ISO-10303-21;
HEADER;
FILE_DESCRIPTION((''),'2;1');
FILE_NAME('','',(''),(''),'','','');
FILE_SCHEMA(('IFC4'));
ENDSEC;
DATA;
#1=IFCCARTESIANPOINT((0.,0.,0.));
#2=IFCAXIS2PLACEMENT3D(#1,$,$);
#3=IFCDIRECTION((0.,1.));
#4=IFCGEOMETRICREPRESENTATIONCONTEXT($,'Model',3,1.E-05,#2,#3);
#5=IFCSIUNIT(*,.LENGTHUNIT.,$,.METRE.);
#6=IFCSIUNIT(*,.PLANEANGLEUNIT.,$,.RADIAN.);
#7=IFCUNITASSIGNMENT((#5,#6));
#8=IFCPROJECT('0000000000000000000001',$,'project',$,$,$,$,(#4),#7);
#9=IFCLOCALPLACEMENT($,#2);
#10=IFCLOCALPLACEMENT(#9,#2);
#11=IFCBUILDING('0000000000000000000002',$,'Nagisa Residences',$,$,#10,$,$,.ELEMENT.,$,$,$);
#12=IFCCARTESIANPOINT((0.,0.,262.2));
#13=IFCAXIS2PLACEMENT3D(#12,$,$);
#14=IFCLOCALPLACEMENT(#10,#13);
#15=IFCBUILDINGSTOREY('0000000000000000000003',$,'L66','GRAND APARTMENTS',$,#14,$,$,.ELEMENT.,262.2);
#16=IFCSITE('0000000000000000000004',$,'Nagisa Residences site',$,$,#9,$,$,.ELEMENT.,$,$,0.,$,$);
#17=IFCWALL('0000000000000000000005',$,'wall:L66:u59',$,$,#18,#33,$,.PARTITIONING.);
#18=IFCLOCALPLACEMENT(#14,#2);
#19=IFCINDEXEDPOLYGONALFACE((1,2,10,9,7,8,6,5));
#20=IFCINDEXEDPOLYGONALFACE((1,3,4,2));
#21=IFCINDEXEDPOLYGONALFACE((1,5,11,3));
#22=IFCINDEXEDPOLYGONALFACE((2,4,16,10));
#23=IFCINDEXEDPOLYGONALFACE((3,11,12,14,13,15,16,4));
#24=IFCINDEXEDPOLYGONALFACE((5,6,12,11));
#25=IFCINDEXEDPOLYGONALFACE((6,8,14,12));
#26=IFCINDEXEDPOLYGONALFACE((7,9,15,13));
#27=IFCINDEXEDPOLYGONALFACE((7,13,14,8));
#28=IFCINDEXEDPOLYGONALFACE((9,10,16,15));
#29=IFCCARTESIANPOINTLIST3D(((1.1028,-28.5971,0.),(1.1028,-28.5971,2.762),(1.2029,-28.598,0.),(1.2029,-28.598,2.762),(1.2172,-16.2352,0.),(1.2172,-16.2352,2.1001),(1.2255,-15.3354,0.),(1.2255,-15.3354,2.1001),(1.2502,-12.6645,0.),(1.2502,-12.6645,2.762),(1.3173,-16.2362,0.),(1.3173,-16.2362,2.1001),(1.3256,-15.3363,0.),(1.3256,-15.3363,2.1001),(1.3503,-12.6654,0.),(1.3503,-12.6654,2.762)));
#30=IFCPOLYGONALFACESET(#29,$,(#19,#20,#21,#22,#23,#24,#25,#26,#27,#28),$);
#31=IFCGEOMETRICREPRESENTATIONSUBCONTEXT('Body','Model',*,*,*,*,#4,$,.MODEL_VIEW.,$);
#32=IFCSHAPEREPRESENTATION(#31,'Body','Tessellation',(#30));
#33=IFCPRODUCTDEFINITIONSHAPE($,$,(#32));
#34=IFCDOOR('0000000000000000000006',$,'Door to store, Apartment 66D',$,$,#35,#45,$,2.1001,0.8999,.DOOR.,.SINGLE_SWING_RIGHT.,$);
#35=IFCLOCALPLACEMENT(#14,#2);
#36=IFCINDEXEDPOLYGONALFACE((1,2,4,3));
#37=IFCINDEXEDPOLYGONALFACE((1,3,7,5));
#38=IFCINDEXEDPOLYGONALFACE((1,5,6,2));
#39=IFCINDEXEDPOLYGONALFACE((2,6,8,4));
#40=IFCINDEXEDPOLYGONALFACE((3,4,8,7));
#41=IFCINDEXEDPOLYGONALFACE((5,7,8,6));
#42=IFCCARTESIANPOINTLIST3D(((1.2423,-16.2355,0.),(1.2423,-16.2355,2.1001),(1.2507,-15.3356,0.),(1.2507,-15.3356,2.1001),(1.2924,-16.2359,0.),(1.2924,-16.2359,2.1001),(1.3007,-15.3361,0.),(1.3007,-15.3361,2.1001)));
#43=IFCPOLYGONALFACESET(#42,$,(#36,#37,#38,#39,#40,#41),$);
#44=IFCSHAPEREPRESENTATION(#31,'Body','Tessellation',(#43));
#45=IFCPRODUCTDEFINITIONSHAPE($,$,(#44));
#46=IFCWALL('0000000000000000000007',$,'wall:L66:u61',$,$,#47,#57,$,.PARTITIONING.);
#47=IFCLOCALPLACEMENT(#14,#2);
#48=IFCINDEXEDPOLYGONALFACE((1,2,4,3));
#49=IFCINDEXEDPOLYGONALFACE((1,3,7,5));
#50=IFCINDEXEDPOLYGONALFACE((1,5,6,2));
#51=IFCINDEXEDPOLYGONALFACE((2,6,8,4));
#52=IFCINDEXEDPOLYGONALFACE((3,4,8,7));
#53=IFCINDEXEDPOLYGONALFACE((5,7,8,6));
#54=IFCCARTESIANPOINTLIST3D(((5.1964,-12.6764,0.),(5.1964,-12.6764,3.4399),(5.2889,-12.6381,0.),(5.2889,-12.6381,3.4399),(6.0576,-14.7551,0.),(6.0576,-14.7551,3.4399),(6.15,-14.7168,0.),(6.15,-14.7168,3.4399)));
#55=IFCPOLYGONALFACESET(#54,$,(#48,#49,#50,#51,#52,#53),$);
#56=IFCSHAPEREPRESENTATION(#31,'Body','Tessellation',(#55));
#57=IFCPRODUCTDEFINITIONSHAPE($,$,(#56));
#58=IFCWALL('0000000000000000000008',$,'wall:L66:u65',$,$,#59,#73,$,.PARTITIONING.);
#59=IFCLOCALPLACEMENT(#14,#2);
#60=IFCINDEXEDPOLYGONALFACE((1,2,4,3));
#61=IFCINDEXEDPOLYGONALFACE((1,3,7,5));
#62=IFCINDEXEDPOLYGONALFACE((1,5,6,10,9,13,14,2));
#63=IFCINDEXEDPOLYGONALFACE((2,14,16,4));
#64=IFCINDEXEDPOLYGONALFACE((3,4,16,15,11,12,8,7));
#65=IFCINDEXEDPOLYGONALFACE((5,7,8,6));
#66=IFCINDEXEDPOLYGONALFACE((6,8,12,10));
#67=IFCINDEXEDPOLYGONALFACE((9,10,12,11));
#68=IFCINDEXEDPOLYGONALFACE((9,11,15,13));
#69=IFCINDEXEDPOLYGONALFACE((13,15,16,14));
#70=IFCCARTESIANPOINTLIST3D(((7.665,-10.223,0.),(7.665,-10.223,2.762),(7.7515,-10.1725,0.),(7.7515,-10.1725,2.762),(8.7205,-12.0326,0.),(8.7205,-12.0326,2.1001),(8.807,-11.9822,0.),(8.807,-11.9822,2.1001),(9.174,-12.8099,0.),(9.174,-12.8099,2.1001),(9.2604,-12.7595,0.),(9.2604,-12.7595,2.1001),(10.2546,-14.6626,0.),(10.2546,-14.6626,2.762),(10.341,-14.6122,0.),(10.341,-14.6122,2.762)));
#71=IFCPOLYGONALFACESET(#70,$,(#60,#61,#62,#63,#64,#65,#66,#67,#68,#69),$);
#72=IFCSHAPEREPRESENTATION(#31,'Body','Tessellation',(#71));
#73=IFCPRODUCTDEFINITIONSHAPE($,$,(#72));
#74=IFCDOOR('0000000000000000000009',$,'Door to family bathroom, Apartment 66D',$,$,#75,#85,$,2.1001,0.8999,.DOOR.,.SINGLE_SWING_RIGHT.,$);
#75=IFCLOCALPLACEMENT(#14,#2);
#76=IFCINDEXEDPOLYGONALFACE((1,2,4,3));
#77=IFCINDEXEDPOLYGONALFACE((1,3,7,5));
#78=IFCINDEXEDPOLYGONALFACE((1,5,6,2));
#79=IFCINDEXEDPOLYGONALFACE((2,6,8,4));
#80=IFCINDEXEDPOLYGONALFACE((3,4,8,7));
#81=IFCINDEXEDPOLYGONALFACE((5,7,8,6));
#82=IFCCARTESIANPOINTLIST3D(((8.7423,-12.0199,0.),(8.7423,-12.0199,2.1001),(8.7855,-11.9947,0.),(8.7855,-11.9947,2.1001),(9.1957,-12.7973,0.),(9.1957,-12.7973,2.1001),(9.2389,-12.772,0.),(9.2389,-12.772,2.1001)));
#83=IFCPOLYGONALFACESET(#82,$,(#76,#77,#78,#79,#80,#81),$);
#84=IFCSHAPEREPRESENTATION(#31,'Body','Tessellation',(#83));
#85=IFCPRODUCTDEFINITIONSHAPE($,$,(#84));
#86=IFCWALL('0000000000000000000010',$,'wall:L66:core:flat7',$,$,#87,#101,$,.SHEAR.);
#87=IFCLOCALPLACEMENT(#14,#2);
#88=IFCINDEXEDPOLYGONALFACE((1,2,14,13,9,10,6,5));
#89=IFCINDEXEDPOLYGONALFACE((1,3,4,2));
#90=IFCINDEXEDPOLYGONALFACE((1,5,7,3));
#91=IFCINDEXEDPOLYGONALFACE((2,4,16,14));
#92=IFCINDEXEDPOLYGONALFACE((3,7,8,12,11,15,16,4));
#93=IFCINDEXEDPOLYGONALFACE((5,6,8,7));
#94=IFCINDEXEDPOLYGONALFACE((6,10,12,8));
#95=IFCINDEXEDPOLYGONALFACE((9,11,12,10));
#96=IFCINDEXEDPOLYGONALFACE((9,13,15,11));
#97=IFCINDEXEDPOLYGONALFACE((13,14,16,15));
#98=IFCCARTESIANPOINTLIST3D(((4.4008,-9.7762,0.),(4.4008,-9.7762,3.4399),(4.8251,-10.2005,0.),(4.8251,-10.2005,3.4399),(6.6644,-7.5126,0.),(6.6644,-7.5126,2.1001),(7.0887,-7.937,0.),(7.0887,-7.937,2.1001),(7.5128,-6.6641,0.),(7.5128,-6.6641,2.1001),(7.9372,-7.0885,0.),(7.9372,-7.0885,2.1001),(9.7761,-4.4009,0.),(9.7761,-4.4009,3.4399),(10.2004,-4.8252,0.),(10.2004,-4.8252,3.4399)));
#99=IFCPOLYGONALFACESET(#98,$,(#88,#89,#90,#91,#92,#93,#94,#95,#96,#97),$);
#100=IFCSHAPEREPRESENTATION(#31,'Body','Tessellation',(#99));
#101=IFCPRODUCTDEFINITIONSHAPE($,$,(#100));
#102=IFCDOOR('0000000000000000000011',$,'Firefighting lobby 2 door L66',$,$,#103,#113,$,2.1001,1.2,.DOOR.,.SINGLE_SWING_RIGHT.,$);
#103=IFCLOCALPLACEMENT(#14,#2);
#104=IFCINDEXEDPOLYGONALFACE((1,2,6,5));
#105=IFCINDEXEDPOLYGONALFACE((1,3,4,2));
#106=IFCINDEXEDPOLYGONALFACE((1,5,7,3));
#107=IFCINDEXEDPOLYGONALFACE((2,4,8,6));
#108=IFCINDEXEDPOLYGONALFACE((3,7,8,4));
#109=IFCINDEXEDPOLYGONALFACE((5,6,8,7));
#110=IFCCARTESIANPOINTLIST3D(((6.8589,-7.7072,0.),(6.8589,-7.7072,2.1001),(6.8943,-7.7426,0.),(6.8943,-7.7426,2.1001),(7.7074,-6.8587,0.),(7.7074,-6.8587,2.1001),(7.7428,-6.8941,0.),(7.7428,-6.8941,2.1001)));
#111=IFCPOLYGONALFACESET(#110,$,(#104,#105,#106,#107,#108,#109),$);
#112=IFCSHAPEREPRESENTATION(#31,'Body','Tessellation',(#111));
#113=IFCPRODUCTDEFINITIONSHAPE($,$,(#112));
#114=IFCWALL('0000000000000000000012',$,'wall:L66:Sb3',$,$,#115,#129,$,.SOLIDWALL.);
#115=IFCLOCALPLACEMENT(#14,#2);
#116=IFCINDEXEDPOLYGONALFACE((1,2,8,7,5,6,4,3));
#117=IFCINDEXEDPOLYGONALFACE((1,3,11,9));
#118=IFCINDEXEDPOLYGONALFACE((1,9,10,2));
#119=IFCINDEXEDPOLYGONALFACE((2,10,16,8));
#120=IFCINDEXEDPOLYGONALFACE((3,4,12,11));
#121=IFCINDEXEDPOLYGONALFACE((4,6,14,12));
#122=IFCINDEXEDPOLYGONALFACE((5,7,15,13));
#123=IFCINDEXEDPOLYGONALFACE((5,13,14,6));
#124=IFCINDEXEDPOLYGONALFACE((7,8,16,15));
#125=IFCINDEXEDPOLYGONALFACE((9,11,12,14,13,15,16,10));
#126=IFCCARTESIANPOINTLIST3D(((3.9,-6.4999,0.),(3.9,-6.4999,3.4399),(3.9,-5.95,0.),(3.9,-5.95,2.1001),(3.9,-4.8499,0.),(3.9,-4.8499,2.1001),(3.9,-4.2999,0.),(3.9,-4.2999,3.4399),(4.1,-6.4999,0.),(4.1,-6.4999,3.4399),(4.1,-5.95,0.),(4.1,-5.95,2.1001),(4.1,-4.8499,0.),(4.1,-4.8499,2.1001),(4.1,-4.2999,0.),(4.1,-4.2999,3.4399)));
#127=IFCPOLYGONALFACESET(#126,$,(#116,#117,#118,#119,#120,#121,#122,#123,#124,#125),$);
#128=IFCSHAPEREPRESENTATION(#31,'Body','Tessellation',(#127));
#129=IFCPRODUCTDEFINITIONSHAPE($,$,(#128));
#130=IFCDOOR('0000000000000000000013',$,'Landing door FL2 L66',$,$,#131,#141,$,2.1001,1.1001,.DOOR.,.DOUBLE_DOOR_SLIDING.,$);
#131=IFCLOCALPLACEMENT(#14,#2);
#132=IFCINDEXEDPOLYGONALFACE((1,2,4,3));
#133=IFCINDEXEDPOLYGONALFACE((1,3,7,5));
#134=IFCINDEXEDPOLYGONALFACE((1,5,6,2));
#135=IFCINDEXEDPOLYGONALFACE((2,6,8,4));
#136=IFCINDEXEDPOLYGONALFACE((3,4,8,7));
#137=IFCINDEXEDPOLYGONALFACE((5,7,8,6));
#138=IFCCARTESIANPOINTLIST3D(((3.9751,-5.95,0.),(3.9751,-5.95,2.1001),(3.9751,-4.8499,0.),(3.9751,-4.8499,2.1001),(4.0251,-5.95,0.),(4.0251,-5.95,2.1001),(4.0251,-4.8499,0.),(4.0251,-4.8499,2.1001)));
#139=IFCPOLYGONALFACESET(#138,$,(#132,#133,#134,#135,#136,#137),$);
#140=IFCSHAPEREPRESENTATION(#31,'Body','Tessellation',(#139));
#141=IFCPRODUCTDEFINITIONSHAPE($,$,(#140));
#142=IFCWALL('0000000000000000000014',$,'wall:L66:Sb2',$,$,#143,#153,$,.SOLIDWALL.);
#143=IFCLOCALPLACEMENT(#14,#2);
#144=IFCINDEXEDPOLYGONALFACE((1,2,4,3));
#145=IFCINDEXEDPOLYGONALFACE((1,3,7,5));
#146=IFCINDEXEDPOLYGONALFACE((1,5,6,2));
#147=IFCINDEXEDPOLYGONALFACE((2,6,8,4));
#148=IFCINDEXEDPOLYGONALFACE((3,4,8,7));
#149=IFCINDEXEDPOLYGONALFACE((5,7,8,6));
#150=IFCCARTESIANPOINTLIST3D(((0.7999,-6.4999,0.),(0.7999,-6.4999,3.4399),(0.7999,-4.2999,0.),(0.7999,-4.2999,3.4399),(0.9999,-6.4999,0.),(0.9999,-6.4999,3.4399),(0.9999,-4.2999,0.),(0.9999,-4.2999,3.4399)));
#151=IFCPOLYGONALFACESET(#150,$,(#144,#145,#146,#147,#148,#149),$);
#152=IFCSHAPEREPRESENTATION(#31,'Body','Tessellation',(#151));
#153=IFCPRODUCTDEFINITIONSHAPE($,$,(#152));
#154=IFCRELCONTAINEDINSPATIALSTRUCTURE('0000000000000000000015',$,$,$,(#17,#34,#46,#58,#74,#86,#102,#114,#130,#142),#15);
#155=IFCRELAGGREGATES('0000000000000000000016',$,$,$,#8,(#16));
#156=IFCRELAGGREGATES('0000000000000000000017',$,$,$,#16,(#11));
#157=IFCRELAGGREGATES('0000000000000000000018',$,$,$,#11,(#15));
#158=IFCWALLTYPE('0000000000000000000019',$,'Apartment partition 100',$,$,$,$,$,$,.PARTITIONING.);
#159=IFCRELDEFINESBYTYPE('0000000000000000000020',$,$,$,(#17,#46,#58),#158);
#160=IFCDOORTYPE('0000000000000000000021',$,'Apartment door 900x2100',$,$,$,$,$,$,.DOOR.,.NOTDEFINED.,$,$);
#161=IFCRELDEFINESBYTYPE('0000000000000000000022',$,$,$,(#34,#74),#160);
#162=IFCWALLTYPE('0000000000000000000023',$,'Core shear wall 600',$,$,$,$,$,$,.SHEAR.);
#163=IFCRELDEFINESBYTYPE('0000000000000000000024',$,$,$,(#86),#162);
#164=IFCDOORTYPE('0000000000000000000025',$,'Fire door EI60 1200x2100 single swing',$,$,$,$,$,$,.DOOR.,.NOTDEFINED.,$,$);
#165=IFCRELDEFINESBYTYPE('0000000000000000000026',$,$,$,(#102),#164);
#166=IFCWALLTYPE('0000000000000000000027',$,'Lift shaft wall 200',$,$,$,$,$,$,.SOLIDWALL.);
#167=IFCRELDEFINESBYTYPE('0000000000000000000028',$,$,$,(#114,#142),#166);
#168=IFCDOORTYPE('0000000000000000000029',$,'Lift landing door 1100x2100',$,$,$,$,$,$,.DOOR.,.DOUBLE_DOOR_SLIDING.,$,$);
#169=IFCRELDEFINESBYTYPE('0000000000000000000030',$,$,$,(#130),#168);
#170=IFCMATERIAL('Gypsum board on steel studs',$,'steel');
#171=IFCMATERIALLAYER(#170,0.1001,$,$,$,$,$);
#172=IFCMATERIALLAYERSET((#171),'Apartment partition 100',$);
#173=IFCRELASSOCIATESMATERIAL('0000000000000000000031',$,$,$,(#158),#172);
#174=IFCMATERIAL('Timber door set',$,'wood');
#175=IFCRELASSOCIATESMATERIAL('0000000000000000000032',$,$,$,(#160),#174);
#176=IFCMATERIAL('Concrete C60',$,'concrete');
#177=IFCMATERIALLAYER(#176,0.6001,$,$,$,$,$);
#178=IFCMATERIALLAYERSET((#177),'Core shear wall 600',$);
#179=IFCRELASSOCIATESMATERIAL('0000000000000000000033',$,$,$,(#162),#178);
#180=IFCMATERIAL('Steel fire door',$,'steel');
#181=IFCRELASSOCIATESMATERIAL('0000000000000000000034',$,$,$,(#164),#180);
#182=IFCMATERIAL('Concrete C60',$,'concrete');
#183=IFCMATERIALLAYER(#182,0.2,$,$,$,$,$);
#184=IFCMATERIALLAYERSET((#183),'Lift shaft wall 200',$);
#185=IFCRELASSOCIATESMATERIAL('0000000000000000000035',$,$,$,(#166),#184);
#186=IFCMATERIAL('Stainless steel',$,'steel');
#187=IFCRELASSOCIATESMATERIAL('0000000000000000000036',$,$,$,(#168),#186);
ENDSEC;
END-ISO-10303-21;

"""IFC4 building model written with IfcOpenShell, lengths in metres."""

from ifc_helpers import new_model, si_unit, direction, frame, frame_2d, origin, place, context, subcontext, project, spatial, rectangle, extrude, material, layer, layer_set, type_object, element, fill, save


model = new_model("IFC4")

# Units and contexts
model_context = context("Model", 3, precision=1e-05, world=origin(), true_north=direction((0.0, 1.0)))
body_context = subcontext(model_context, "Body", "Model", "MODEL_VIEW")
ifc_project = project(units=[si_unit("LENGTHUNIT", "METRE"), si_unit("PLANEANGLEUNIT", "RADIAN")], contexts=[model_context])

# Site, building, storey
site_placement = place(None, origin())
site = spatial("IfcSite", under=ifc_project, at=site_placement, Name="Nagisa Residences site", CompositionType="ELEMENT", RefElevation=0.0)
building_placement = place(site_placement, origin())
building = spatial("IfcBuilding", under=site, at=building_placement, Name="Nagisa Residences", CompositionType="ELEMENT")
storey_placement = place(building_placement, frame((0.0, 0.0, 262.2)))
storey = spatial("IfcBuildingStorey", under=building, at=storey_placement, Name="L66", Description="GRAND APARTMENTS", CompositionType="ELEMENT", Elevation=262.2)

# Wall, opening, door
ifc_material_1 = material(Name="Gypsum board on steel studs", Category="steel")
ifc_layer_1 = layer(ifc_material_1, 0.1001)
ifc_layer_set_1 = layer_set([ifc_layer_1], Name="Apartment partition 100")
wall_type_1 = type_object("IfcWallType", Name="Apartment partition 100", PredefinedType="PARTITIONING", material=ifc_layer_set_1)
wall_1_placement = place(storey_placement, frame((1.3003, -12.6648, 0.0), z_axis=(0.0, 0.0, 1.0), x_axis=(-0.009255, -0.999957, 0.0)))
wall_1 = element("IfcWall", 1, at=wall_1_placement, inside=storey, type_object=wall_type_1, Name="wall:L66:u59", PredefinedType="PARTITIONING", context=body_context, shape_type="SweptSolid", body=[
    extrude(rectangle(XDim=15.9333, YDim=0.1001, at=frame_2d((7.9668, 0.0))), origin(), (0.0, 0.0, 1.0), 2.762),
])
opening_1_placement = place(wall_1_placement, frame((2.6711, 0.0, 0.0)))
opening_1 = element("IfcOpeningElement", 2, at=opening_1_placement, cuts=wall_1, PredefinedType="OPENING", context=body_context, shape_type="SweptSolid", body=[
    extrude(rectangle(XDim=0.8999, YDim=2.1001, at=frame_2d((0.45, 1.05))), frame((0.0, 0.0601, 0.0), z_axis=(0.0, -1.0, 0.0), x_axis=(1.0, 0.0, 0.0)), (0.0, 0.0, 1.0), 0.1201),
])
ifc_material_2 = material(Name="Timber door set", Category="wood")
door_type_1 = type_object("IfcDoorType", Name="Apartment door 900x2100", OperationType="NOTDEFINED", PredefinedType="DOOR", material=ifc_material_2)
door_1_placement = place(opening_1_placement, frame((0.8999, 0.0, 0.0), x_axis=(-1.0, 0.0, 0.0)))
door_1 = element("IfcDoor", 3, at=door_1_placement, inside=storey, type_object=door_type_1, Name="Door to store, Apartment 66D", OperationType="SINGLE_SWING_RIGHT", OverallHeight=2.1001, OverallWidth=0.8999, PredefinedType="DOOR", context=body_context, shape_type="SweptSolid", body=[
    extrude(rectangle(XDim=0.8999, YDim=2.1001, at=frame_2d((0.45, 1.05))), frame((0.0, 0.0249, 0.0), z_axis=(0.0, -1.0, 0.0), x_axis=(1.0, 0.0, 0.0)), (0.0, 0.0, 1.0), 0.05),
])
fill(opening_1, door_1)

# Wall
wall_2_placement = place(storey_placement, frame((5.2427, -12.6572, 0.0), z_axis=(0.0, 0.0, 1.0), x_axis=(0.382719, -0.923865, 0.0)))
element("IfcWall", 4, at=wall_2_placement, inside=storey, type_object=wall_type_1, Name="wall:L66:u61", PredefinedType="PARTITIONING", context=body_context, shape_type="SweptSolid", body=[
    extrude(rectangle(XDim=2.25, YDim=0.1001, at=frame_2d((1.125, 0.0))), origin(), (0.0, 0.0, 1.0), 3.4399),
])

# Walls, openings, doors
wall_3_placement = place(storey_placement, frame((7.7083, -10.1978, 0.0), z_axis=(0.0, 0.0, 1.0), x_axis=(0.503839, -0.863798, 0.0)))
wall_3 = element("IfcWall", 5, at=wall_3_placement, inside=storey, type_object=wall_type_1, Name="wall:L66:u65", PredefinedType="PARTITIONING", context=body_context, shape_type="SweptSolid", body=[
    extrude(rectangle(XDim=5.1396, YDim=0.1001, at=frame_2d((2.5698, 0.0))), origin(), (0.0, 0.0, 1.0), 2.762),
])
opening_2_placement = place(wall_3_placement, frame((2.095, 0.0, 0.0)))
opening_2 = element("IfcOpeningElement", 6, at=opening_2_placement, cuts=wall_3, PredefinedType="OPENING", context=body_context, shape_type="SweptSolid", body=[
    extrude(rectangle(XDim=0.8999, YDim=2.1001, at=frame_2d((0.45, 1.05))), frame((0.0, 0.0601, 0.0), z_axis=(0.0, -1.0, 0.0), x_axis=(1.0, 0.0, 0.0)), (0.0, 0.0, 1.0), 0.1201),
])
door_2_placement = place(opening_2_placement, frame((0.8999, 0.0, 0.0), x_axis=(-1.0, 0.0, 0.0)))
door_2 = element("IfcDoor", 7, at=door_2_placement, inside=storey, type_object=door_type_1, Name="Door to family bathroom, Apartment 66D", OperationType="SINGLE_SWING_RIGHT", OverallHeight=2.1001, OverallWidth=0.8999, PredefinedType="DOOR", context=body_context, shape_type="SweptSolid", body=[
    extrude(rectangle(XDim=0.8999, YDim=2.1001, at=frame_2d((0.45, 1.05))), frame((0.0, 0.0249, 0.0), z_axis=(0.0, -1.0, 0.0), x_axis=(1.0, 0.0, 0.0)), (0.0, 0.0, 1.0), 0.05),
])
fill(opening_2, door_2)
ifc_material_3 = material(Name="Concrete C60", Category="concrete")
ifc_layer_2 = layer(ifc_material_3, 0.6001)
ifc_layer_set_2 = layer_set([ifc_layer_2], Name="Core shear wall 600")
wall_type_2 = type_object("IfcWallType", Name="Core shear wall 600", PredefinedType="SHEAR", material=ifc_layer_set_2)
wall_4_placement = place(storey_placement, frame((4.613, -9.9883, 0.0), z_axis=(0.0, 0.0, 1.0), x_axis=(0.707107, 0.707107, 0.0)))
wall_4 = element("IfcWall", 8, at=wall_4_placement, inside=storey, type_object=wall_type_2, Name="wall:L66:core:flat7", PredefinedType="SHEAR", context=body_context, shape_type="SweptSolid", body=[
    extrude(rectangle(XDim=7.6018, YDim=0.6001, at=frame_2d((3.8008, 0.0))), origin(), (0.0, 0.0, 1.0), 3.4399),
])
opening_3_placement = place(wall_4_placement, frame((3.2009, 0.0, 0.0)))
opening_3 = element("IfcOpeningElement", 9, at=opening_3_placement, cuts=wall_4, PredefinedType="OPENING", context=body_context, shape_type="SweptSolid", body=[
    extrude(rectangle(XDim=1.2, YDim=2.1001, at=frame_2d((0.6001, 1.05))), frame((0.0, 0.3101, 0.0), z_axis=(0.0, -1.0, 0.0), x_axis=(1.0, 0.0, 0.0)), (0.0, 0.0, 1.0), 0.6201),
])
ifc_material_4 = material(Name="Steel fire door", Category="steel")
door_type_2 = type_object("IfcDoorType", Name="Fire door EI60 1200x2100 single swing", OperationType="NOTDEFINED", PredefinedType="DOOR", material=ifc_material_4)
door_3_placement = place(opening_3_placement, origin())
door_3 = element("IfcDoor", 10, at=door_3_placement, inside=storey, type_object=door_type_2, Name="Firefighting lobby 2 door L66", OperationType="SINGLE_SWING_RIGHT", OverallHeight=2.1001, OverallWidth=1.2, PredefinedType="DOOR", context=body_context, shape_type="SweptSolid", body=[
    extrude(rectangle(XDim=1.2, YDim=2.1001, at=frame_2d((0.6001, 1.05))), frame((0.0, 0.0249, 0.0), z_axis=(0.0, -1.0, 0.0), x_axis=(1.0, 0.0, 0.0)), (0.0, 0.0, 1.0), 0.05),
])
fill(opening_3, door_3)
ifc_material_5 = material(Name="Concrete C60", Category="concrete")
ifc_layer_3 = layer(ifc_material_5, 0.2)
ifc_layer_set_3 = layer_set([ifc_layer_3], Name="Lift shaft wall 200")
wall_type_3 = type_object("IfcWallType", Name="Lift shaft wall 200", PredefinedType="SOLIDWALL", material=ifc_layer_set_3)
wall_5_placement = place(storey_placement, frame((4.0, -6.5, 0.0), z_axis=(0.0, 0.0, 1.0), x_axis=(0.0, 1.0, 0.0)))
wall_5 = element("IfcWall", 11, at=wall_5_placement, inside=storey, type_object=wall_type_3, Name="wall:L66:Sb3", PredefinedType="SOLIDWALL", context=body_context, shape_type="SweptSolid", body=[
    extrude(rectangle(XDim=2.2, YDim=0.2, at=frame_2d((1.1001, 0.0))), origin(), (0.0, 0.0, 1.0), 3.4399),
])
opening_4_placement = place(wall_5_placement, frame((0.55, 0.0, 0.0)))
opening_4 = element("IfcOpeningElement", 12, at=opening_4_placement, cuts=wall_5, PredefinedType="OPENING", context=body_context, shape_type="SweptSolid", body=[
    extrude(rectangle(XDim=1.1001, YDim=2.1001, at=frame_2d((0.55, 1.05))), frame((0.0, 0.1099, 0.0), z_axis=(0.0, -1.0, 0.0), x_axis=(1.0, 0.0, 0.0)), (0.0, 0.0, 1.0), 0.22),
])
ifc_material_6 = material(Name="Stainless steel", Category="steel")
door_type_3 = type_object("IfcDoorType", Name="Lift landing door 1100x2100", OperationType="DOUBLE_DOOR_SLIDING", PredefinedType="DOOR", material=ifc_material_6)
door_4_placement = place(opening_4_placement, origin())
door_4 = element("IfcDoor", 13, at=door_4_placement, inside=storey, type_object=door_type_3, Name="Landing door FL2 L66", OperationType="DOUBLE_DOOR_SLIDING", OverallHeight=2.1001, OverallWidth=1.1001, PredefinedType="DOOR", context=body_context, shape_type="SweptSolid", body=[
    extrude(rectangle(XDim=1.1001, YDim=2.1001, at=frame_2d((0.55, 1.05))), frame((0.0, 0.0249, 0.0), z_axis=(0.0, -1.0, 0.0), x_axis=(1.0, 0.0, 0.0)), (0.0, 0.0, 1.0), 0.05),
])
fill(opening_4, door_4)

# Wall
wall_6_placement = place(storey_placement, frame((0.8999, -6.5, 0.0), z_axis=(0.0, 0.0, 1.0), x_axis=(0.0, 1.0, 0.0)))
element("IfcWall", 14, at=wall_6_placement, inside=storey, type_object=wall_type_3, Name="wall:L66:Sb2", PredefinedType="SOLIDWALL", context=body_context, shape_type="SweptSolid", body=[
    extrude(rectangle(XDim=2.2, YDim=0.2, at=frame_2d((1.1001, 0.0))), origin(), (0.0, 0.0, 1.0), 3.4399),
])

save(model, "model.ifc")
